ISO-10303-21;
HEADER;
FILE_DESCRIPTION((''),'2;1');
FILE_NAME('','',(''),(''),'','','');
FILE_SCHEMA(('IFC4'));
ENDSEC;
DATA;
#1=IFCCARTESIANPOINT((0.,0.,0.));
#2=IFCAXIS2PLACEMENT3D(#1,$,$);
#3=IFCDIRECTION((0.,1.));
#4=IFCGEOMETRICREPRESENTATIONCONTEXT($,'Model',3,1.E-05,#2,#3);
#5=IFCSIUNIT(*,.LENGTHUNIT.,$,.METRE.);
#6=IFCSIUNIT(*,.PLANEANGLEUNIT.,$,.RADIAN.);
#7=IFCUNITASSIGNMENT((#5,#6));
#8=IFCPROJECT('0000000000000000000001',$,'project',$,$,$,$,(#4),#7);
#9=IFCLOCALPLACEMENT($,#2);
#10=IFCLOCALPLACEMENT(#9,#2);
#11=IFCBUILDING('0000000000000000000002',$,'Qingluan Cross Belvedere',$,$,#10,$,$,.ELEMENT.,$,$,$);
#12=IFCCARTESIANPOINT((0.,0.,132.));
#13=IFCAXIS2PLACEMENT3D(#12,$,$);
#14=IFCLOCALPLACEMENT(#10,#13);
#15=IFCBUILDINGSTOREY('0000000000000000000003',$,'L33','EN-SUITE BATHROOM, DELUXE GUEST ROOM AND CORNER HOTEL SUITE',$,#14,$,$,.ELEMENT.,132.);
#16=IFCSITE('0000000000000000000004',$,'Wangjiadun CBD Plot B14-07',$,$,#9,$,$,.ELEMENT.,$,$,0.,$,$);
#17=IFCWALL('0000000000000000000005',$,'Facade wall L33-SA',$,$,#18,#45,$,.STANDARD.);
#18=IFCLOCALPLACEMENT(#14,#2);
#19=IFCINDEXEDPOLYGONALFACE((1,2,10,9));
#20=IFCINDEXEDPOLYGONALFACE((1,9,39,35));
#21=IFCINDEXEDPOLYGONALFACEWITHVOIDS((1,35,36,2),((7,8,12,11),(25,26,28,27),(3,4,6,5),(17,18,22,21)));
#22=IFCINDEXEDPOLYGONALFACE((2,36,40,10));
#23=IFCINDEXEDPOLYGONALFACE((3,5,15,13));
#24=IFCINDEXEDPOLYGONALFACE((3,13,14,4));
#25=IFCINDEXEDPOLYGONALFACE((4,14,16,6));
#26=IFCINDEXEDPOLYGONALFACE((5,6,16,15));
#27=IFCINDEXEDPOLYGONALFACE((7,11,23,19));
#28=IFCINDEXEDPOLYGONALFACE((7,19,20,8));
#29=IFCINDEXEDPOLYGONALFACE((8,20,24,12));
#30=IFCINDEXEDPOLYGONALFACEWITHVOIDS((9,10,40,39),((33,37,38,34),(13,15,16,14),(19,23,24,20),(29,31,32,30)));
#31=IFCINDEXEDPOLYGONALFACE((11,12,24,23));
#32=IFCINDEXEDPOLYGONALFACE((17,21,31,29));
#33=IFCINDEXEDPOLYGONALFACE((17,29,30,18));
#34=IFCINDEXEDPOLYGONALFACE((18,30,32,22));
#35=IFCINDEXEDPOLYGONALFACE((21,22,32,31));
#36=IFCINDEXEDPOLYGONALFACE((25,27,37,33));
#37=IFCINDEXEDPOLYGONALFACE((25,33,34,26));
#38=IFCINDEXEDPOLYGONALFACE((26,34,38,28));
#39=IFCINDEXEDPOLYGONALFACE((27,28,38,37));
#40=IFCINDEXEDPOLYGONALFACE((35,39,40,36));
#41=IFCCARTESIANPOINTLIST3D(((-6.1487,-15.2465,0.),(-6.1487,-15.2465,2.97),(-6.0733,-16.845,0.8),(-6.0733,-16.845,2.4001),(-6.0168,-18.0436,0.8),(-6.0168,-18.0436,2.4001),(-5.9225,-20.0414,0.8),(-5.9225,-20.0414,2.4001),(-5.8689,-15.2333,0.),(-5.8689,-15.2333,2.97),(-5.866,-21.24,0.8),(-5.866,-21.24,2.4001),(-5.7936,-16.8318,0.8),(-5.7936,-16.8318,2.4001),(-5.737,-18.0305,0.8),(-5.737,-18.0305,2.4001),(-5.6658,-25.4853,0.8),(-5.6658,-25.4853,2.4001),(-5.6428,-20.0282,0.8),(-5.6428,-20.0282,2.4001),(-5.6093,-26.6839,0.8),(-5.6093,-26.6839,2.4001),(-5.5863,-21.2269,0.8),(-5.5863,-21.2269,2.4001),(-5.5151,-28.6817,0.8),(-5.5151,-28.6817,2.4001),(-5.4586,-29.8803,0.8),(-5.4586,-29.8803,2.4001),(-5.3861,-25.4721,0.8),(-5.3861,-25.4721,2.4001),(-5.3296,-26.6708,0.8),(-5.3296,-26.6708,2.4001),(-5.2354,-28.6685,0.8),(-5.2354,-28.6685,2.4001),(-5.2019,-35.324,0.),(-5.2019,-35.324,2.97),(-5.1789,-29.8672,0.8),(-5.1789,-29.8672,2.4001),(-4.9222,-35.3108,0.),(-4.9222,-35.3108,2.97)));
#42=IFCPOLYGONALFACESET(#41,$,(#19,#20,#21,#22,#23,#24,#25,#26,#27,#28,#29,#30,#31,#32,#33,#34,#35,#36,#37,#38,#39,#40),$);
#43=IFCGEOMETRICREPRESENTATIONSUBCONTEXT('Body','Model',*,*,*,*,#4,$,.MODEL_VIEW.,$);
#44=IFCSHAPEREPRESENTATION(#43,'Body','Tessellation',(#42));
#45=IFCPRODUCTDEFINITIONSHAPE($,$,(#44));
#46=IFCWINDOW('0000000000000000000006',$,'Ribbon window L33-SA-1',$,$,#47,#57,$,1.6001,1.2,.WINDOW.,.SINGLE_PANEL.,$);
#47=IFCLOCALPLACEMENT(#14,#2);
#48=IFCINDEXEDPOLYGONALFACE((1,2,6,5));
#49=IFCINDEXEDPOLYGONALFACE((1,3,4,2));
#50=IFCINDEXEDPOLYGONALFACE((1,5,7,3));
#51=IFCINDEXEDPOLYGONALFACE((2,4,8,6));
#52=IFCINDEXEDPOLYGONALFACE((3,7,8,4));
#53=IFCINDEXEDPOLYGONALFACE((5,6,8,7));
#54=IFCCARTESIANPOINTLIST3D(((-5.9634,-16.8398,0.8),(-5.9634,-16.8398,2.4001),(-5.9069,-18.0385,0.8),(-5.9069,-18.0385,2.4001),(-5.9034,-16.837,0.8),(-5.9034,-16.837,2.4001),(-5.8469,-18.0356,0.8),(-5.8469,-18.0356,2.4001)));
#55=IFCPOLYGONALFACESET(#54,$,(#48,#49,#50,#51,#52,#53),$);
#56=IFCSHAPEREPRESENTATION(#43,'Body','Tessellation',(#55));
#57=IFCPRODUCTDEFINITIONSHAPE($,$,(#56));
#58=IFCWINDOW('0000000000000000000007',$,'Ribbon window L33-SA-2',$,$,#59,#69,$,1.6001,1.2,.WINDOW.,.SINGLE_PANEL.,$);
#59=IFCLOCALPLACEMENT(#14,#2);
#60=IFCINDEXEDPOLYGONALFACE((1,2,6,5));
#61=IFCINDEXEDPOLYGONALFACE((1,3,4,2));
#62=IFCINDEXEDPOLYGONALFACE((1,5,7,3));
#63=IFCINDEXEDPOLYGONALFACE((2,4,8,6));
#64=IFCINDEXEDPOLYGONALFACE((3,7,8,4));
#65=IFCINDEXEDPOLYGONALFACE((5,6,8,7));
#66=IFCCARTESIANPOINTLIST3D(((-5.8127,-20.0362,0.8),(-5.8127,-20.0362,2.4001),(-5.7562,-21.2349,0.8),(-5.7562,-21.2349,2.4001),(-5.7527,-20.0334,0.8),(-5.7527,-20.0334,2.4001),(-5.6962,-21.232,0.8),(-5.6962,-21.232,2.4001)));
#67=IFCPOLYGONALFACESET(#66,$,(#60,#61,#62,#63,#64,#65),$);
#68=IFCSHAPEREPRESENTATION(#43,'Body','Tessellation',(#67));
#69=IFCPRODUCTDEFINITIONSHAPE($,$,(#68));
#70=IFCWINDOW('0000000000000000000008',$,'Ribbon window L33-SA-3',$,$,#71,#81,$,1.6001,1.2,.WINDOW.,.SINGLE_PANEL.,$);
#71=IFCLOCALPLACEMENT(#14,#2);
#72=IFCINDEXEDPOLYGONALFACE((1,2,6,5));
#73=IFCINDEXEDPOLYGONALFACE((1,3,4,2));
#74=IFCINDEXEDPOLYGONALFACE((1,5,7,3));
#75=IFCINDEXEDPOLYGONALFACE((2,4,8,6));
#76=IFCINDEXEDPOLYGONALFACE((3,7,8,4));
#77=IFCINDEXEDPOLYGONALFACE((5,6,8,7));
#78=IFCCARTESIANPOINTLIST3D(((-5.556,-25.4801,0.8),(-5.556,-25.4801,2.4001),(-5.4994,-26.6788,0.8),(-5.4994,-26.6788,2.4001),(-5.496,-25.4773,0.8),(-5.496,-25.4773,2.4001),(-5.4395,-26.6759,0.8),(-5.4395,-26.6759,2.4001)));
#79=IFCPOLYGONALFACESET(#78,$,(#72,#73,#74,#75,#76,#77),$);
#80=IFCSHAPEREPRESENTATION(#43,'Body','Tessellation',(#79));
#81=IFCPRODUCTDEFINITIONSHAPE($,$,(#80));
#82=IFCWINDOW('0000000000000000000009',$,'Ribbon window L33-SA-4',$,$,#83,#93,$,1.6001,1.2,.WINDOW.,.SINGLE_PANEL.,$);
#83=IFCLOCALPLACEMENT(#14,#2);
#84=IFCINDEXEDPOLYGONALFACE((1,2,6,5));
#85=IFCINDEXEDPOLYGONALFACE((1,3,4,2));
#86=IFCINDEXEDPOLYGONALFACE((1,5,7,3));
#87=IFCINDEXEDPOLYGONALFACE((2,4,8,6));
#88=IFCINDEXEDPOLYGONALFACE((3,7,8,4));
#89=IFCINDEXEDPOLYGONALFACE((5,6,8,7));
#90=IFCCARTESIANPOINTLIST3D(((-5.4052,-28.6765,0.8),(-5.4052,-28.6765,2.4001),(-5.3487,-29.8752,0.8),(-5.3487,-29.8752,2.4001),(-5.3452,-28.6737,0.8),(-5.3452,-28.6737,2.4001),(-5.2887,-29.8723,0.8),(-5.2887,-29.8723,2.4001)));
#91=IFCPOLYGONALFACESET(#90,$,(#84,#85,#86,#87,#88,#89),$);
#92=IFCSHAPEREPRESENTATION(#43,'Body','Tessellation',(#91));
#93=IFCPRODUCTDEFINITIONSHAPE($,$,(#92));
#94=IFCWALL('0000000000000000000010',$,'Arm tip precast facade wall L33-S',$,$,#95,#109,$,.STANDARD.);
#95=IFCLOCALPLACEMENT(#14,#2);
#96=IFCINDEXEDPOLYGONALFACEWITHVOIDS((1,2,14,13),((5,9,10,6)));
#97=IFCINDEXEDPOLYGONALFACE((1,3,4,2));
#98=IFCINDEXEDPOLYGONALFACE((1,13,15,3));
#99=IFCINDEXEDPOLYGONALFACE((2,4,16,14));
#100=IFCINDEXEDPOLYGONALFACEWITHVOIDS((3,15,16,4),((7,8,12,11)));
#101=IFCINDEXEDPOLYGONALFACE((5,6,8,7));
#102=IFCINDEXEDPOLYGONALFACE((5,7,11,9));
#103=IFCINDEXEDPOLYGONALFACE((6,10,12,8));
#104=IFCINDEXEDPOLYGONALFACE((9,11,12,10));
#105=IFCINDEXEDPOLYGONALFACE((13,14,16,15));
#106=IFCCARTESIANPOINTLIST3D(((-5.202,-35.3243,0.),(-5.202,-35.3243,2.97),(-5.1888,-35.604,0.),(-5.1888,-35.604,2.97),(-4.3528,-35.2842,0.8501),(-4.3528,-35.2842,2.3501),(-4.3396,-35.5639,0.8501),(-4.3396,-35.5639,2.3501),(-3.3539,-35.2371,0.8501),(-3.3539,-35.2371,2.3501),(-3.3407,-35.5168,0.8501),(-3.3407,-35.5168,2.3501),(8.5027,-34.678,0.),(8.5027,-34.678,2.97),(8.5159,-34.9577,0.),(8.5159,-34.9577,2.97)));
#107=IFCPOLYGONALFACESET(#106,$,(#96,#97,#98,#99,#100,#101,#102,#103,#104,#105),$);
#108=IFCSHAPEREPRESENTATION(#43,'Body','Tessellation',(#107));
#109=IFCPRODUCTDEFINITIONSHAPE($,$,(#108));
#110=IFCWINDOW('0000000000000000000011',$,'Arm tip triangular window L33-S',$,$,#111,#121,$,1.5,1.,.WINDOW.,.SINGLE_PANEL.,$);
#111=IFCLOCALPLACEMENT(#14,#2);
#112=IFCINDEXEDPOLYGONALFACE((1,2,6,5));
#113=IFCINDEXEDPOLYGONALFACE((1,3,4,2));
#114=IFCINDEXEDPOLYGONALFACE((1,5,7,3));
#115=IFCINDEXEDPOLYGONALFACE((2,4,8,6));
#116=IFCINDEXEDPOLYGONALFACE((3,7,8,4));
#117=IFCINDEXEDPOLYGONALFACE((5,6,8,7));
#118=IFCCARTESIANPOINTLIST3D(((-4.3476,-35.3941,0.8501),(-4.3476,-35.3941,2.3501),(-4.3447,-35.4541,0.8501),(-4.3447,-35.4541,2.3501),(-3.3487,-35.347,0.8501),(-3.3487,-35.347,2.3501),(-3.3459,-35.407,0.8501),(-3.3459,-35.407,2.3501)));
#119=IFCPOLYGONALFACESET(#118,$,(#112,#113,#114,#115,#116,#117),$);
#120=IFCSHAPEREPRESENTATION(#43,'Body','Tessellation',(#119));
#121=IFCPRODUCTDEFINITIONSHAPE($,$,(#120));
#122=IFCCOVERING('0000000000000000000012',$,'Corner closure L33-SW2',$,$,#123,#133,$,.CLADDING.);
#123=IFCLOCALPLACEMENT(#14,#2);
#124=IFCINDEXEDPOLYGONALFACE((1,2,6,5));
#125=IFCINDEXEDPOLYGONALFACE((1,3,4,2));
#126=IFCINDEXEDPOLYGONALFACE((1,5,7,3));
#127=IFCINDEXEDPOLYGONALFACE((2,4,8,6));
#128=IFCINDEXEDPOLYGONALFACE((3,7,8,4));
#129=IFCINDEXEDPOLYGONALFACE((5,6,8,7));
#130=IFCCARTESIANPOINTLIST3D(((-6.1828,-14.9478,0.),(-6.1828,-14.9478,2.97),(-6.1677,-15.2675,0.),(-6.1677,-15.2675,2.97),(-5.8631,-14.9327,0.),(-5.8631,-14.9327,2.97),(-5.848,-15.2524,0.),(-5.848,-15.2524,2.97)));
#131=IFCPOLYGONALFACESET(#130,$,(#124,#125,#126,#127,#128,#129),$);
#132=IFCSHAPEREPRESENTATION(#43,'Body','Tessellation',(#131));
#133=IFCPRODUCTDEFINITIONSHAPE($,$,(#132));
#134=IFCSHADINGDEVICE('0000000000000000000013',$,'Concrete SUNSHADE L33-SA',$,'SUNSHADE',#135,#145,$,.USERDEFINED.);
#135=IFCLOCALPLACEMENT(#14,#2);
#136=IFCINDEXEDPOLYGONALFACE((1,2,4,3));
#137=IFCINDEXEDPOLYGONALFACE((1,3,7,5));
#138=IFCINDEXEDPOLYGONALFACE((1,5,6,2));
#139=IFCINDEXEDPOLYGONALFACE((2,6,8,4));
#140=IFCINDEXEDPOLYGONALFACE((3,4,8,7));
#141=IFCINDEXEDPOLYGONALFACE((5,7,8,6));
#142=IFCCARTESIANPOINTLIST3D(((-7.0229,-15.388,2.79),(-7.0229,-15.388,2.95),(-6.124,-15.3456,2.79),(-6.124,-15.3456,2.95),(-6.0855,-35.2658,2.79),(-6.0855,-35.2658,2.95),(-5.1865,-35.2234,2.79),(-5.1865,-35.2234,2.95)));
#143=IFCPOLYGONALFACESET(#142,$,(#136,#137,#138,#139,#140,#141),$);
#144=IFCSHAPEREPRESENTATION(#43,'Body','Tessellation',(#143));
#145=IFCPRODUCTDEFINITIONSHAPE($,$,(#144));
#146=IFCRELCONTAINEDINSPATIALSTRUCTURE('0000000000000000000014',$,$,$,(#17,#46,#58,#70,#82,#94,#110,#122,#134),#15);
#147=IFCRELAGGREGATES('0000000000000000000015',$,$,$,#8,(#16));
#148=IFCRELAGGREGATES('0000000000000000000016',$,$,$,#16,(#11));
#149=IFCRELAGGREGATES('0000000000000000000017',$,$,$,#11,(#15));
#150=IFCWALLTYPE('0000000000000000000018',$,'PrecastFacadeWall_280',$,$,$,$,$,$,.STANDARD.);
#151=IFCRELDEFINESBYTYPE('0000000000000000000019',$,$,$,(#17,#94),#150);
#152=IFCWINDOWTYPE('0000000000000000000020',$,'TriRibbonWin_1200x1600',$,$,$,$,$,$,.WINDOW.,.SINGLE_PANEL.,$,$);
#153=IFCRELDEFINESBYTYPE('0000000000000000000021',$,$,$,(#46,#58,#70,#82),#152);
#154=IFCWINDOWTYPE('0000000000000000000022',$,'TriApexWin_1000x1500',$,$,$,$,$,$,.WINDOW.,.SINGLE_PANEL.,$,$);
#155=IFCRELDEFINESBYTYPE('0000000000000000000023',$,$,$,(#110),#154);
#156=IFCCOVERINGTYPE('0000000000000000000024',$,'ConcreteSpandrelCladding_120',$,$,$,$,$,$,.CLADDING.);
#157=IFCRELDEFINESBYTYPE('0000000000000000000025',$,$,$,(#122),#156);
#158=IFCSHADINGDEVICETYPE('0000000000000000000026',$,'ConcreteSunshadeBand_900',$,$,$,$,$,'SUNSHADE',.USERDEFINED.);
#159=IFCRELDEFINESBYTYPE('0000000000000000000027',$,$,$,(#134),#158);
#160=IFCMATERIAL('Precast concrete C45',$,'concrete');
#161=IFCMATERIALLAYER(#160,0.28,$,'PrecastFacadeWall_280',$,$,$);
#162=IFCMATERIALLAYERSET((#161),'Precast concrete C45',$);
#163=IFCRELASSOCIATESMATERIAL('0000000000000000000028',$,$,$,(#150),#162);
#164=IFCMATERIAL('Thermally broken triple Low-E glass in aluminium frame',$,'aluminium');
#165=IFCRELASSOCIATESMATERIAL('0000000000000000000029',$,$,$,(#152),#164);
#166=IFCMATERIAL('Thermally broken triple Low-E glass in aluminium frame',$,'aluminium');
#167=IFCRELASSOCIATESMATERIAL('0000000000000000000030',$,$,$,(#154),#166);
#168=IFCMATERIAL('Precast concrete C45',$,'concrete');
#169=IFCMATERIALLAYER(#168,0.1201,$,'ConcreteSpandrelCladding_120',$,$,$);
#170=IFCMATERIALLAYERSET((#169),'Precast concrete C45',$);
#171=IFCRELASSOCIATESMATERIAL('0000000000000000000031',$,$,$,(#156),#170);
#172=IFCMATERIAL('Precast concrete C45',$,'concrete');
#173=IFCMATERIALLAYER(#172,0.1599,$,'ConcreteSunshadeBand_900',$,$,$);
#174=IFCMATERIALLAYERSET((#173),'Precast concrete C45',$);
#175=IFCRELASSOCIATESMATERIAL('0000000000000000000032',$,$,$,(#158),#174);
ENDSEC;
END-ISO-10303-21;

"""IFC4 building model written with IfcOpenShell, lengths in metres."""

from ifc_helpers import new_model, si_unit, direction, frame, frame_2d, origin, origin_2d, place, context, subcontext, project, spatial, rectangle, extrude, material, layer, layer_set, type_object, element, fill, save


model = new_model("IFC4")

# Units and contexts
model_context = context("Model", 3, precision=1e-05, world=origin(), true_north=direction((0.0, 1.0)))
body_context = subcontext(model_context, "Body", "Model", "MODEL_VIEW")
ifc_project = project(units=[si_unit("LENGTHUNIT", "METRE"), si_unit("PLANEANGLEUNIT", "RADIAN")], contexts=[model_context])

# Site, building, storey
site_placement = place(None, origin())
site = spatial("IfcSite", under=ifc_project, at=site_placement, Name="Wangjiadun CBD Plot B14-07", CompositionType="ELEMENT", RefElevation=0.0)
building_placement = place(site_placement, origin())
building = spatial("IfcBuilding", under=site, at=building_placement, Name="Qingluan Cross Belvedere", CompositionType="ELEMENT")
storey_placement = place(building_placement, frame((0.0, 0.0, 132.0)))
storey = spatial("IfcBuildingStorey", under=building, at=storey_placement, Name="L33", Description="EN-SUITE BATHROOM, DELUXE GUEST ROOM AND CORNER HOTEL SUITE", CompositionType="ELEMENT", Elevation=132.0)

# Wall, openings, windows
ifc_material_1 = material(Name="Precast concrete C45", Category="concrete")
ifc_layer_1 = layer(ifc_material_1, 0.28, Name="PrecastFacadeWall_280")
ifc_layer_set_1 = layer_set([ifc_layer_1], Name="Precast concrete C45")
wall_type_1 = type_object("IfcWallType", Name="PrecastFacadeWall_280", PredefinedType="STANDARD", material=ifc_layer_set_1)
wall_1_placement = place(storey_placement, frame((-6.0088, -15.24, 0.0), z_axis=(0.0, 0.0, 1.0), x_axis=(0.047103, -0.99889, 0.0)))
wall_1 = element("IfcWall", 1, at=wall_1_placement, inside=storey, type_object=wall_type_1, Name="Facade wall L33-SA", PredefinedType="STANDARD", context=body_context, shape_type="SweptSolid", body=[
    extrude(rectangle(XDim=20.0999, YDim=0.28, at=frame_2d((10.0498, 0.0))), origin(), (0.0, 0.0, 1.0), 2.97),
])
opening_1_placement = place(wall_1_placement, frame((1.6001, 0.0, 0.8)))
opening_1 = element("IfcOpeningElement", 2, at=opening_1_placement, cuts=wall_1, PredefinedType="OPENING", context=body_context, shape_type="SweptSolid", body=[
    extrude(rectangle(XDim=1.2, YDim=1.6001, at=frame_2d((0.6001, 0.8))), frame((0.0, 0.1499, 0.0), z_axis=(0.0, -1.0, 0.0), x_axis=(1.0, 0.0, 0.0)), (0.0, 0.0, 1.0), 0.3),
])
opening_2_placement = place(wall_1_placement, frame((4.8, 0.0, 0.8)))
opening_2 = element("IfcOpeningElement", 3, at=opening_2_placement, cuts=wall_1, PredefinedType="OPENING", context=body_context, shape_type="SweptSolid", body=[
    extrude(rectangle(XDim=1.2, YDim=1.6001, at=frame_2d((0.6001, 0.8))), frame((0.0, 0.1499, 0.0), z_axis=(0.0, -1.0, 0.0), x_axis=(1.0, 0.0, 0.0)), (0.0, 0.0, 1.0), 0.3),
])
opening_3_placement = place(wall_1_placement, frame((10.25, 0.0, 0.8)))
opening_3 = element("IfcOpeningElement", 4, at=opening_3_placement, cuts=wall_1, PredefinedType="OPENING", context=body_context, shape_type="SweptSolid", body=[
    extrude(rectangle(XDim=1.2, YDim=1.6001, at=frame_2d((0.6001, 0.8))), frame((0.0, 0.1499, 0.0), z_axis=(0.0, -1.0, 0.0), x_axis=(1.0, 0.0, 0.0)), (0.0, 0.0, 1.0), 0.3),
])
opening_4_placement = place(wall_1_placement, frame((13.45, 0.0, 0.8)))
opening_4 = element("IfcOpeningElement", 5, at=opening_4_placement, cuts=wall_1, PredefinedType="OPENING", context=body_context, shape_type="SweptSolid", body=[
    extrude(rectangle(XDim=1.2, YDim=1.6001, at=frame_2d((0.6001, 0.8))), frame((0.0, 0.1499, 0.0), z_axis=(0.0, -1.0, 0.0), x_axis=(1.0, 0.0, 0.0)), (0.0, 0.0, 1.0), 0.3),
])
ifc_material_2 = material(Name="Thermally broken triple Low-E glass in aluminium frame", Category="aluminium")
window_type_1 = type_object("IfcWindowType", Name="TriRibbonWin_1200x1600", PartitioningType="SINGLE_PANEL", PredefinedType="WINDOW", material=ifc_material_2)
window_1_placement = place(opening_1_placement, origin())
window_1 = element("IfcWindow", 6, at=window_1_placement, inside=storey, type_object=window_type_1, Name="Ribbon window L33-SA-1", OverallHeight=1.6001, OverallWidth=1.2, PartitioningType="SINGLE_PANEL", PredefinedType="WINDOW", context=body_context, shape_type="SweptSolid", body=[
    extrude(rectangle(XDim=1.2, YDim=1.6001, at=frame_2d((0.6001, 0.8))), frame((0.0, 0.03, 0.0), z_axis=(0.0, -1.0, 0.0), x_axis=(1.0, 0.0, 0.0)), (0.0, 0.0, 1.0), 0.0601),
])
fill(opening_1, window_1)
window_2_placement = place(opening_2_placement, origin())
window_2 = element("IfcWindow", 7, at=window_2_placement, inside=storey, type_object=window_type_1, Name="Ribbon window L33-SA-2", OverallHeight=1.6001, OverallWidth=1.2, PartitioningType="SINGLE_PANEL", PredefinedType="WINDOW", context=body_context, shape_type="SweptSolid", body=[
    extrude(rectangle(XDim=1.2, YDim=1.6001, at=frame_2d((0.6001, 0.8))), frame((0.0, 0.03, 0.0), z_axis=(0.0, -1.0, 0.0), x_axis=(1.0, 0.0, 0.0)), (0.0, 0.0, 1.0), 0.0601),
])
fill(opening_2, window_2)
window_3_placement = place(opening_3_placement, origin())
window_3 = element("IfcWindow", 8, at=window_3_placement, inside=storey, type_object=window_type_1, Name="Ribbon window L33-SA-3", OverallHeight=1.6001, OverallWidth=1.2, PartitioningType="SINGLE_PANEL", PredefinedType="WINDOW", context=body_context, shape_type="SweptSolid", body=[
    extrude(rectangle(XDim=1.2, YDim=1.6001, at=frame_2d((0.6001, 0.8))), frame((0.0, 0.03, 0.0), z_axis=(0.0, -1.0, 0.0), x_axis=(1.0, 0.0, 0.0)), (0.0, 0.0, 1.0), 0.0601),
])
fill(opening_3, window_3)
window_4_placement = place(opening_4_placement, origin())
window_4 = element("IfcWindow", 9, at=window_4_placement, inside=storey, type_object=window_type_1, Name="Ribbon window L33-SA-4", OverallHeight=1.6001, OverallWidth=1.2, PartitioningType="SINGLE_PANEL", PredefinedType="WINDOW", context=body_context, shape_type="SweptSolid", body=[
    extrude(rectangle(XDim=1.2, YDim=1.6001, at=frame_2d((0.6001, 0.8))), frame((0.0, 0.03, 0.0), z_axis=(0.0, -1.0, 0.0), x_axis=(1.0, 0.0, 0.0)), (0.0, 0.0, 1.0), 0.0601),
])
fill(opening_4, window_4)

# Wall, opening, window
wall_2_placement = place(storey_placement, frame((-5.1953, -35.4641, 0.0), z_axis=(0.0, 0.0, 1.0), x_axis=(0.99889, 0.047102, 0.0)))
wall_2 = element("IfcWall", 10, at=wall_2_placement, inside=storey, type_object=wall_type_1, Name="Arm tip precast facade wall L33-S", PredefinedType="STANDARD", context=body_context, shape_type="SweptSolid", body=[
    extrude(rectangle(XDim=13.72, YDim=0.28, at=frame_2d((6.8599, 0.0))), origin(), (0.0, 0.0, 1.0), 2.97),
])
opening_5_placement = place(wall_2_placement, frame((0.8501, 0.0, 0.8501)))
opening_5 = element("IfcOpeningElement", 11, at=opening_5_placement, cuts=wall_2, PredefinedType="OPENING", context=body_context, shape_type="SweptSolid", body=[
    extrude(rectangle(XDim=1.0, YDim=1.5, at=frame_2d((0.5, 0.75))), frame((0.0, 0.1499, 0.0), z_axis=(0.0, -1.0, 0.0), x_axis=(1.0, 0.0, 0.0)), (0.0, 0.0, 1.0), 0.3),
])
ifc_material_3 = material(Name="Thermally broken triple Low-E glass in aluminium frame", Category="aluminium")
window_type_2 = type_object("IfcWindowType", Name="TriApexWin_1000x1500", PartitioningType="SINGLE_PANEL", PredefinedType="WINDOW", material=ifc_material_3)
window_5_placement = place(opening_5_placement, origin())
window_5 = element("IfcWindow", 12, at=window_5_placement, inside=storey, type_object=window_type_2, Name="Arm tip triangular window L33-S", OverallHeight=1.5, OverallWidth=1.0, PartitioningType="SINGLE_PANEL", PredefinedType="WINDOW", context=body_context, shape_type="SweptSolid", body=[
    extrude(rectangle(XDim=1.0, YDim=1.5, at=frame_2d((0.5, 0.75))), frame((0.0, 0.03, 0.0), z_axis=(0.0, -1.0, 0.0), x_axis=(1.0, 0.0, 0.0)), (0.0, 0.0, 1.0), 0.0601),
])
fill(opening_5, window_5)

# Covering
ifc_material_4 = material(Name="Precast concrete C45", Category="concrete")
ifc_layer_2 = layer(ifc_material_4, 0.1201, Name="ConcreteSpandrelCladding_120")
ifc_layer_set_2 = layer_set([ifc_layer_2], Name="Precast concrete C45")
covering_type = type_object("IfcCoveringType", Name="ConcreteSpandrelCladding_120", PredefinedType="CLADDING", material=ifc_layer_set_2)
covering_placement = place(storey_placement, frame((-6.0154, -15.1001, 0.0), z_axis=(0.0, 0.0, 1.0), x_axis=(0.99889, 0.047106, 0.0)))
element("IfcCovering", 13, at=covering_placement, inside=storey, type_object=covering_type, Name="Corner closure L33-SW2", PredefinedType="CLADDING", context=body_context, shape_type="SweptSolid", body=[
    extrude(rectangle(XDim=0.3201, YDim=0.3201, at=origin_2d()), origin(), (0.0, 0.0, 1.0), 2.97),
])

# Shading device
ifc_material_5 = material(Name="Precast concrete C45", Category="concrete")
ifc_layer_3 = layer(ifc_material_5, 0.1599, Name="ConcreteSunshadeBand_900")
ifc_layer_set_3 = layer_set([ifc_layer_3], Name="Precast concrete C45")
shading_device_type = type_object("IfcShadingDeviceType", Name="ConcreteSunshadeBand_900", ElementType="SUNSHADE", PredefinedType="USERDEFINED", material=ifc_layer_set_3)
shading_device_placement = place(storey_placement, frame((-6.1047, -25.3057, 2.79), z_axis=(0.0, 0.0, 1.0), x_axis=(0.047109, -0.99889, 0.0)))
element("IfcShadingDevice", 14, at=shading_device_placement, inside=storey, type_object=shading_device_type, Name="Concrete SUNSHADE L33-SA", ObjectType="SUNSHADE", PredefinedType="USERDEFINED", context=body_context, shape_type="SweptSolid", body=[
    extrude(rectangle(XDim=19.8999, YDim=0.8999, at=origin_2d()), origin(), (0.0, 0.0, 1.0), 0.1599),
])

save(model, "model.ifc")
